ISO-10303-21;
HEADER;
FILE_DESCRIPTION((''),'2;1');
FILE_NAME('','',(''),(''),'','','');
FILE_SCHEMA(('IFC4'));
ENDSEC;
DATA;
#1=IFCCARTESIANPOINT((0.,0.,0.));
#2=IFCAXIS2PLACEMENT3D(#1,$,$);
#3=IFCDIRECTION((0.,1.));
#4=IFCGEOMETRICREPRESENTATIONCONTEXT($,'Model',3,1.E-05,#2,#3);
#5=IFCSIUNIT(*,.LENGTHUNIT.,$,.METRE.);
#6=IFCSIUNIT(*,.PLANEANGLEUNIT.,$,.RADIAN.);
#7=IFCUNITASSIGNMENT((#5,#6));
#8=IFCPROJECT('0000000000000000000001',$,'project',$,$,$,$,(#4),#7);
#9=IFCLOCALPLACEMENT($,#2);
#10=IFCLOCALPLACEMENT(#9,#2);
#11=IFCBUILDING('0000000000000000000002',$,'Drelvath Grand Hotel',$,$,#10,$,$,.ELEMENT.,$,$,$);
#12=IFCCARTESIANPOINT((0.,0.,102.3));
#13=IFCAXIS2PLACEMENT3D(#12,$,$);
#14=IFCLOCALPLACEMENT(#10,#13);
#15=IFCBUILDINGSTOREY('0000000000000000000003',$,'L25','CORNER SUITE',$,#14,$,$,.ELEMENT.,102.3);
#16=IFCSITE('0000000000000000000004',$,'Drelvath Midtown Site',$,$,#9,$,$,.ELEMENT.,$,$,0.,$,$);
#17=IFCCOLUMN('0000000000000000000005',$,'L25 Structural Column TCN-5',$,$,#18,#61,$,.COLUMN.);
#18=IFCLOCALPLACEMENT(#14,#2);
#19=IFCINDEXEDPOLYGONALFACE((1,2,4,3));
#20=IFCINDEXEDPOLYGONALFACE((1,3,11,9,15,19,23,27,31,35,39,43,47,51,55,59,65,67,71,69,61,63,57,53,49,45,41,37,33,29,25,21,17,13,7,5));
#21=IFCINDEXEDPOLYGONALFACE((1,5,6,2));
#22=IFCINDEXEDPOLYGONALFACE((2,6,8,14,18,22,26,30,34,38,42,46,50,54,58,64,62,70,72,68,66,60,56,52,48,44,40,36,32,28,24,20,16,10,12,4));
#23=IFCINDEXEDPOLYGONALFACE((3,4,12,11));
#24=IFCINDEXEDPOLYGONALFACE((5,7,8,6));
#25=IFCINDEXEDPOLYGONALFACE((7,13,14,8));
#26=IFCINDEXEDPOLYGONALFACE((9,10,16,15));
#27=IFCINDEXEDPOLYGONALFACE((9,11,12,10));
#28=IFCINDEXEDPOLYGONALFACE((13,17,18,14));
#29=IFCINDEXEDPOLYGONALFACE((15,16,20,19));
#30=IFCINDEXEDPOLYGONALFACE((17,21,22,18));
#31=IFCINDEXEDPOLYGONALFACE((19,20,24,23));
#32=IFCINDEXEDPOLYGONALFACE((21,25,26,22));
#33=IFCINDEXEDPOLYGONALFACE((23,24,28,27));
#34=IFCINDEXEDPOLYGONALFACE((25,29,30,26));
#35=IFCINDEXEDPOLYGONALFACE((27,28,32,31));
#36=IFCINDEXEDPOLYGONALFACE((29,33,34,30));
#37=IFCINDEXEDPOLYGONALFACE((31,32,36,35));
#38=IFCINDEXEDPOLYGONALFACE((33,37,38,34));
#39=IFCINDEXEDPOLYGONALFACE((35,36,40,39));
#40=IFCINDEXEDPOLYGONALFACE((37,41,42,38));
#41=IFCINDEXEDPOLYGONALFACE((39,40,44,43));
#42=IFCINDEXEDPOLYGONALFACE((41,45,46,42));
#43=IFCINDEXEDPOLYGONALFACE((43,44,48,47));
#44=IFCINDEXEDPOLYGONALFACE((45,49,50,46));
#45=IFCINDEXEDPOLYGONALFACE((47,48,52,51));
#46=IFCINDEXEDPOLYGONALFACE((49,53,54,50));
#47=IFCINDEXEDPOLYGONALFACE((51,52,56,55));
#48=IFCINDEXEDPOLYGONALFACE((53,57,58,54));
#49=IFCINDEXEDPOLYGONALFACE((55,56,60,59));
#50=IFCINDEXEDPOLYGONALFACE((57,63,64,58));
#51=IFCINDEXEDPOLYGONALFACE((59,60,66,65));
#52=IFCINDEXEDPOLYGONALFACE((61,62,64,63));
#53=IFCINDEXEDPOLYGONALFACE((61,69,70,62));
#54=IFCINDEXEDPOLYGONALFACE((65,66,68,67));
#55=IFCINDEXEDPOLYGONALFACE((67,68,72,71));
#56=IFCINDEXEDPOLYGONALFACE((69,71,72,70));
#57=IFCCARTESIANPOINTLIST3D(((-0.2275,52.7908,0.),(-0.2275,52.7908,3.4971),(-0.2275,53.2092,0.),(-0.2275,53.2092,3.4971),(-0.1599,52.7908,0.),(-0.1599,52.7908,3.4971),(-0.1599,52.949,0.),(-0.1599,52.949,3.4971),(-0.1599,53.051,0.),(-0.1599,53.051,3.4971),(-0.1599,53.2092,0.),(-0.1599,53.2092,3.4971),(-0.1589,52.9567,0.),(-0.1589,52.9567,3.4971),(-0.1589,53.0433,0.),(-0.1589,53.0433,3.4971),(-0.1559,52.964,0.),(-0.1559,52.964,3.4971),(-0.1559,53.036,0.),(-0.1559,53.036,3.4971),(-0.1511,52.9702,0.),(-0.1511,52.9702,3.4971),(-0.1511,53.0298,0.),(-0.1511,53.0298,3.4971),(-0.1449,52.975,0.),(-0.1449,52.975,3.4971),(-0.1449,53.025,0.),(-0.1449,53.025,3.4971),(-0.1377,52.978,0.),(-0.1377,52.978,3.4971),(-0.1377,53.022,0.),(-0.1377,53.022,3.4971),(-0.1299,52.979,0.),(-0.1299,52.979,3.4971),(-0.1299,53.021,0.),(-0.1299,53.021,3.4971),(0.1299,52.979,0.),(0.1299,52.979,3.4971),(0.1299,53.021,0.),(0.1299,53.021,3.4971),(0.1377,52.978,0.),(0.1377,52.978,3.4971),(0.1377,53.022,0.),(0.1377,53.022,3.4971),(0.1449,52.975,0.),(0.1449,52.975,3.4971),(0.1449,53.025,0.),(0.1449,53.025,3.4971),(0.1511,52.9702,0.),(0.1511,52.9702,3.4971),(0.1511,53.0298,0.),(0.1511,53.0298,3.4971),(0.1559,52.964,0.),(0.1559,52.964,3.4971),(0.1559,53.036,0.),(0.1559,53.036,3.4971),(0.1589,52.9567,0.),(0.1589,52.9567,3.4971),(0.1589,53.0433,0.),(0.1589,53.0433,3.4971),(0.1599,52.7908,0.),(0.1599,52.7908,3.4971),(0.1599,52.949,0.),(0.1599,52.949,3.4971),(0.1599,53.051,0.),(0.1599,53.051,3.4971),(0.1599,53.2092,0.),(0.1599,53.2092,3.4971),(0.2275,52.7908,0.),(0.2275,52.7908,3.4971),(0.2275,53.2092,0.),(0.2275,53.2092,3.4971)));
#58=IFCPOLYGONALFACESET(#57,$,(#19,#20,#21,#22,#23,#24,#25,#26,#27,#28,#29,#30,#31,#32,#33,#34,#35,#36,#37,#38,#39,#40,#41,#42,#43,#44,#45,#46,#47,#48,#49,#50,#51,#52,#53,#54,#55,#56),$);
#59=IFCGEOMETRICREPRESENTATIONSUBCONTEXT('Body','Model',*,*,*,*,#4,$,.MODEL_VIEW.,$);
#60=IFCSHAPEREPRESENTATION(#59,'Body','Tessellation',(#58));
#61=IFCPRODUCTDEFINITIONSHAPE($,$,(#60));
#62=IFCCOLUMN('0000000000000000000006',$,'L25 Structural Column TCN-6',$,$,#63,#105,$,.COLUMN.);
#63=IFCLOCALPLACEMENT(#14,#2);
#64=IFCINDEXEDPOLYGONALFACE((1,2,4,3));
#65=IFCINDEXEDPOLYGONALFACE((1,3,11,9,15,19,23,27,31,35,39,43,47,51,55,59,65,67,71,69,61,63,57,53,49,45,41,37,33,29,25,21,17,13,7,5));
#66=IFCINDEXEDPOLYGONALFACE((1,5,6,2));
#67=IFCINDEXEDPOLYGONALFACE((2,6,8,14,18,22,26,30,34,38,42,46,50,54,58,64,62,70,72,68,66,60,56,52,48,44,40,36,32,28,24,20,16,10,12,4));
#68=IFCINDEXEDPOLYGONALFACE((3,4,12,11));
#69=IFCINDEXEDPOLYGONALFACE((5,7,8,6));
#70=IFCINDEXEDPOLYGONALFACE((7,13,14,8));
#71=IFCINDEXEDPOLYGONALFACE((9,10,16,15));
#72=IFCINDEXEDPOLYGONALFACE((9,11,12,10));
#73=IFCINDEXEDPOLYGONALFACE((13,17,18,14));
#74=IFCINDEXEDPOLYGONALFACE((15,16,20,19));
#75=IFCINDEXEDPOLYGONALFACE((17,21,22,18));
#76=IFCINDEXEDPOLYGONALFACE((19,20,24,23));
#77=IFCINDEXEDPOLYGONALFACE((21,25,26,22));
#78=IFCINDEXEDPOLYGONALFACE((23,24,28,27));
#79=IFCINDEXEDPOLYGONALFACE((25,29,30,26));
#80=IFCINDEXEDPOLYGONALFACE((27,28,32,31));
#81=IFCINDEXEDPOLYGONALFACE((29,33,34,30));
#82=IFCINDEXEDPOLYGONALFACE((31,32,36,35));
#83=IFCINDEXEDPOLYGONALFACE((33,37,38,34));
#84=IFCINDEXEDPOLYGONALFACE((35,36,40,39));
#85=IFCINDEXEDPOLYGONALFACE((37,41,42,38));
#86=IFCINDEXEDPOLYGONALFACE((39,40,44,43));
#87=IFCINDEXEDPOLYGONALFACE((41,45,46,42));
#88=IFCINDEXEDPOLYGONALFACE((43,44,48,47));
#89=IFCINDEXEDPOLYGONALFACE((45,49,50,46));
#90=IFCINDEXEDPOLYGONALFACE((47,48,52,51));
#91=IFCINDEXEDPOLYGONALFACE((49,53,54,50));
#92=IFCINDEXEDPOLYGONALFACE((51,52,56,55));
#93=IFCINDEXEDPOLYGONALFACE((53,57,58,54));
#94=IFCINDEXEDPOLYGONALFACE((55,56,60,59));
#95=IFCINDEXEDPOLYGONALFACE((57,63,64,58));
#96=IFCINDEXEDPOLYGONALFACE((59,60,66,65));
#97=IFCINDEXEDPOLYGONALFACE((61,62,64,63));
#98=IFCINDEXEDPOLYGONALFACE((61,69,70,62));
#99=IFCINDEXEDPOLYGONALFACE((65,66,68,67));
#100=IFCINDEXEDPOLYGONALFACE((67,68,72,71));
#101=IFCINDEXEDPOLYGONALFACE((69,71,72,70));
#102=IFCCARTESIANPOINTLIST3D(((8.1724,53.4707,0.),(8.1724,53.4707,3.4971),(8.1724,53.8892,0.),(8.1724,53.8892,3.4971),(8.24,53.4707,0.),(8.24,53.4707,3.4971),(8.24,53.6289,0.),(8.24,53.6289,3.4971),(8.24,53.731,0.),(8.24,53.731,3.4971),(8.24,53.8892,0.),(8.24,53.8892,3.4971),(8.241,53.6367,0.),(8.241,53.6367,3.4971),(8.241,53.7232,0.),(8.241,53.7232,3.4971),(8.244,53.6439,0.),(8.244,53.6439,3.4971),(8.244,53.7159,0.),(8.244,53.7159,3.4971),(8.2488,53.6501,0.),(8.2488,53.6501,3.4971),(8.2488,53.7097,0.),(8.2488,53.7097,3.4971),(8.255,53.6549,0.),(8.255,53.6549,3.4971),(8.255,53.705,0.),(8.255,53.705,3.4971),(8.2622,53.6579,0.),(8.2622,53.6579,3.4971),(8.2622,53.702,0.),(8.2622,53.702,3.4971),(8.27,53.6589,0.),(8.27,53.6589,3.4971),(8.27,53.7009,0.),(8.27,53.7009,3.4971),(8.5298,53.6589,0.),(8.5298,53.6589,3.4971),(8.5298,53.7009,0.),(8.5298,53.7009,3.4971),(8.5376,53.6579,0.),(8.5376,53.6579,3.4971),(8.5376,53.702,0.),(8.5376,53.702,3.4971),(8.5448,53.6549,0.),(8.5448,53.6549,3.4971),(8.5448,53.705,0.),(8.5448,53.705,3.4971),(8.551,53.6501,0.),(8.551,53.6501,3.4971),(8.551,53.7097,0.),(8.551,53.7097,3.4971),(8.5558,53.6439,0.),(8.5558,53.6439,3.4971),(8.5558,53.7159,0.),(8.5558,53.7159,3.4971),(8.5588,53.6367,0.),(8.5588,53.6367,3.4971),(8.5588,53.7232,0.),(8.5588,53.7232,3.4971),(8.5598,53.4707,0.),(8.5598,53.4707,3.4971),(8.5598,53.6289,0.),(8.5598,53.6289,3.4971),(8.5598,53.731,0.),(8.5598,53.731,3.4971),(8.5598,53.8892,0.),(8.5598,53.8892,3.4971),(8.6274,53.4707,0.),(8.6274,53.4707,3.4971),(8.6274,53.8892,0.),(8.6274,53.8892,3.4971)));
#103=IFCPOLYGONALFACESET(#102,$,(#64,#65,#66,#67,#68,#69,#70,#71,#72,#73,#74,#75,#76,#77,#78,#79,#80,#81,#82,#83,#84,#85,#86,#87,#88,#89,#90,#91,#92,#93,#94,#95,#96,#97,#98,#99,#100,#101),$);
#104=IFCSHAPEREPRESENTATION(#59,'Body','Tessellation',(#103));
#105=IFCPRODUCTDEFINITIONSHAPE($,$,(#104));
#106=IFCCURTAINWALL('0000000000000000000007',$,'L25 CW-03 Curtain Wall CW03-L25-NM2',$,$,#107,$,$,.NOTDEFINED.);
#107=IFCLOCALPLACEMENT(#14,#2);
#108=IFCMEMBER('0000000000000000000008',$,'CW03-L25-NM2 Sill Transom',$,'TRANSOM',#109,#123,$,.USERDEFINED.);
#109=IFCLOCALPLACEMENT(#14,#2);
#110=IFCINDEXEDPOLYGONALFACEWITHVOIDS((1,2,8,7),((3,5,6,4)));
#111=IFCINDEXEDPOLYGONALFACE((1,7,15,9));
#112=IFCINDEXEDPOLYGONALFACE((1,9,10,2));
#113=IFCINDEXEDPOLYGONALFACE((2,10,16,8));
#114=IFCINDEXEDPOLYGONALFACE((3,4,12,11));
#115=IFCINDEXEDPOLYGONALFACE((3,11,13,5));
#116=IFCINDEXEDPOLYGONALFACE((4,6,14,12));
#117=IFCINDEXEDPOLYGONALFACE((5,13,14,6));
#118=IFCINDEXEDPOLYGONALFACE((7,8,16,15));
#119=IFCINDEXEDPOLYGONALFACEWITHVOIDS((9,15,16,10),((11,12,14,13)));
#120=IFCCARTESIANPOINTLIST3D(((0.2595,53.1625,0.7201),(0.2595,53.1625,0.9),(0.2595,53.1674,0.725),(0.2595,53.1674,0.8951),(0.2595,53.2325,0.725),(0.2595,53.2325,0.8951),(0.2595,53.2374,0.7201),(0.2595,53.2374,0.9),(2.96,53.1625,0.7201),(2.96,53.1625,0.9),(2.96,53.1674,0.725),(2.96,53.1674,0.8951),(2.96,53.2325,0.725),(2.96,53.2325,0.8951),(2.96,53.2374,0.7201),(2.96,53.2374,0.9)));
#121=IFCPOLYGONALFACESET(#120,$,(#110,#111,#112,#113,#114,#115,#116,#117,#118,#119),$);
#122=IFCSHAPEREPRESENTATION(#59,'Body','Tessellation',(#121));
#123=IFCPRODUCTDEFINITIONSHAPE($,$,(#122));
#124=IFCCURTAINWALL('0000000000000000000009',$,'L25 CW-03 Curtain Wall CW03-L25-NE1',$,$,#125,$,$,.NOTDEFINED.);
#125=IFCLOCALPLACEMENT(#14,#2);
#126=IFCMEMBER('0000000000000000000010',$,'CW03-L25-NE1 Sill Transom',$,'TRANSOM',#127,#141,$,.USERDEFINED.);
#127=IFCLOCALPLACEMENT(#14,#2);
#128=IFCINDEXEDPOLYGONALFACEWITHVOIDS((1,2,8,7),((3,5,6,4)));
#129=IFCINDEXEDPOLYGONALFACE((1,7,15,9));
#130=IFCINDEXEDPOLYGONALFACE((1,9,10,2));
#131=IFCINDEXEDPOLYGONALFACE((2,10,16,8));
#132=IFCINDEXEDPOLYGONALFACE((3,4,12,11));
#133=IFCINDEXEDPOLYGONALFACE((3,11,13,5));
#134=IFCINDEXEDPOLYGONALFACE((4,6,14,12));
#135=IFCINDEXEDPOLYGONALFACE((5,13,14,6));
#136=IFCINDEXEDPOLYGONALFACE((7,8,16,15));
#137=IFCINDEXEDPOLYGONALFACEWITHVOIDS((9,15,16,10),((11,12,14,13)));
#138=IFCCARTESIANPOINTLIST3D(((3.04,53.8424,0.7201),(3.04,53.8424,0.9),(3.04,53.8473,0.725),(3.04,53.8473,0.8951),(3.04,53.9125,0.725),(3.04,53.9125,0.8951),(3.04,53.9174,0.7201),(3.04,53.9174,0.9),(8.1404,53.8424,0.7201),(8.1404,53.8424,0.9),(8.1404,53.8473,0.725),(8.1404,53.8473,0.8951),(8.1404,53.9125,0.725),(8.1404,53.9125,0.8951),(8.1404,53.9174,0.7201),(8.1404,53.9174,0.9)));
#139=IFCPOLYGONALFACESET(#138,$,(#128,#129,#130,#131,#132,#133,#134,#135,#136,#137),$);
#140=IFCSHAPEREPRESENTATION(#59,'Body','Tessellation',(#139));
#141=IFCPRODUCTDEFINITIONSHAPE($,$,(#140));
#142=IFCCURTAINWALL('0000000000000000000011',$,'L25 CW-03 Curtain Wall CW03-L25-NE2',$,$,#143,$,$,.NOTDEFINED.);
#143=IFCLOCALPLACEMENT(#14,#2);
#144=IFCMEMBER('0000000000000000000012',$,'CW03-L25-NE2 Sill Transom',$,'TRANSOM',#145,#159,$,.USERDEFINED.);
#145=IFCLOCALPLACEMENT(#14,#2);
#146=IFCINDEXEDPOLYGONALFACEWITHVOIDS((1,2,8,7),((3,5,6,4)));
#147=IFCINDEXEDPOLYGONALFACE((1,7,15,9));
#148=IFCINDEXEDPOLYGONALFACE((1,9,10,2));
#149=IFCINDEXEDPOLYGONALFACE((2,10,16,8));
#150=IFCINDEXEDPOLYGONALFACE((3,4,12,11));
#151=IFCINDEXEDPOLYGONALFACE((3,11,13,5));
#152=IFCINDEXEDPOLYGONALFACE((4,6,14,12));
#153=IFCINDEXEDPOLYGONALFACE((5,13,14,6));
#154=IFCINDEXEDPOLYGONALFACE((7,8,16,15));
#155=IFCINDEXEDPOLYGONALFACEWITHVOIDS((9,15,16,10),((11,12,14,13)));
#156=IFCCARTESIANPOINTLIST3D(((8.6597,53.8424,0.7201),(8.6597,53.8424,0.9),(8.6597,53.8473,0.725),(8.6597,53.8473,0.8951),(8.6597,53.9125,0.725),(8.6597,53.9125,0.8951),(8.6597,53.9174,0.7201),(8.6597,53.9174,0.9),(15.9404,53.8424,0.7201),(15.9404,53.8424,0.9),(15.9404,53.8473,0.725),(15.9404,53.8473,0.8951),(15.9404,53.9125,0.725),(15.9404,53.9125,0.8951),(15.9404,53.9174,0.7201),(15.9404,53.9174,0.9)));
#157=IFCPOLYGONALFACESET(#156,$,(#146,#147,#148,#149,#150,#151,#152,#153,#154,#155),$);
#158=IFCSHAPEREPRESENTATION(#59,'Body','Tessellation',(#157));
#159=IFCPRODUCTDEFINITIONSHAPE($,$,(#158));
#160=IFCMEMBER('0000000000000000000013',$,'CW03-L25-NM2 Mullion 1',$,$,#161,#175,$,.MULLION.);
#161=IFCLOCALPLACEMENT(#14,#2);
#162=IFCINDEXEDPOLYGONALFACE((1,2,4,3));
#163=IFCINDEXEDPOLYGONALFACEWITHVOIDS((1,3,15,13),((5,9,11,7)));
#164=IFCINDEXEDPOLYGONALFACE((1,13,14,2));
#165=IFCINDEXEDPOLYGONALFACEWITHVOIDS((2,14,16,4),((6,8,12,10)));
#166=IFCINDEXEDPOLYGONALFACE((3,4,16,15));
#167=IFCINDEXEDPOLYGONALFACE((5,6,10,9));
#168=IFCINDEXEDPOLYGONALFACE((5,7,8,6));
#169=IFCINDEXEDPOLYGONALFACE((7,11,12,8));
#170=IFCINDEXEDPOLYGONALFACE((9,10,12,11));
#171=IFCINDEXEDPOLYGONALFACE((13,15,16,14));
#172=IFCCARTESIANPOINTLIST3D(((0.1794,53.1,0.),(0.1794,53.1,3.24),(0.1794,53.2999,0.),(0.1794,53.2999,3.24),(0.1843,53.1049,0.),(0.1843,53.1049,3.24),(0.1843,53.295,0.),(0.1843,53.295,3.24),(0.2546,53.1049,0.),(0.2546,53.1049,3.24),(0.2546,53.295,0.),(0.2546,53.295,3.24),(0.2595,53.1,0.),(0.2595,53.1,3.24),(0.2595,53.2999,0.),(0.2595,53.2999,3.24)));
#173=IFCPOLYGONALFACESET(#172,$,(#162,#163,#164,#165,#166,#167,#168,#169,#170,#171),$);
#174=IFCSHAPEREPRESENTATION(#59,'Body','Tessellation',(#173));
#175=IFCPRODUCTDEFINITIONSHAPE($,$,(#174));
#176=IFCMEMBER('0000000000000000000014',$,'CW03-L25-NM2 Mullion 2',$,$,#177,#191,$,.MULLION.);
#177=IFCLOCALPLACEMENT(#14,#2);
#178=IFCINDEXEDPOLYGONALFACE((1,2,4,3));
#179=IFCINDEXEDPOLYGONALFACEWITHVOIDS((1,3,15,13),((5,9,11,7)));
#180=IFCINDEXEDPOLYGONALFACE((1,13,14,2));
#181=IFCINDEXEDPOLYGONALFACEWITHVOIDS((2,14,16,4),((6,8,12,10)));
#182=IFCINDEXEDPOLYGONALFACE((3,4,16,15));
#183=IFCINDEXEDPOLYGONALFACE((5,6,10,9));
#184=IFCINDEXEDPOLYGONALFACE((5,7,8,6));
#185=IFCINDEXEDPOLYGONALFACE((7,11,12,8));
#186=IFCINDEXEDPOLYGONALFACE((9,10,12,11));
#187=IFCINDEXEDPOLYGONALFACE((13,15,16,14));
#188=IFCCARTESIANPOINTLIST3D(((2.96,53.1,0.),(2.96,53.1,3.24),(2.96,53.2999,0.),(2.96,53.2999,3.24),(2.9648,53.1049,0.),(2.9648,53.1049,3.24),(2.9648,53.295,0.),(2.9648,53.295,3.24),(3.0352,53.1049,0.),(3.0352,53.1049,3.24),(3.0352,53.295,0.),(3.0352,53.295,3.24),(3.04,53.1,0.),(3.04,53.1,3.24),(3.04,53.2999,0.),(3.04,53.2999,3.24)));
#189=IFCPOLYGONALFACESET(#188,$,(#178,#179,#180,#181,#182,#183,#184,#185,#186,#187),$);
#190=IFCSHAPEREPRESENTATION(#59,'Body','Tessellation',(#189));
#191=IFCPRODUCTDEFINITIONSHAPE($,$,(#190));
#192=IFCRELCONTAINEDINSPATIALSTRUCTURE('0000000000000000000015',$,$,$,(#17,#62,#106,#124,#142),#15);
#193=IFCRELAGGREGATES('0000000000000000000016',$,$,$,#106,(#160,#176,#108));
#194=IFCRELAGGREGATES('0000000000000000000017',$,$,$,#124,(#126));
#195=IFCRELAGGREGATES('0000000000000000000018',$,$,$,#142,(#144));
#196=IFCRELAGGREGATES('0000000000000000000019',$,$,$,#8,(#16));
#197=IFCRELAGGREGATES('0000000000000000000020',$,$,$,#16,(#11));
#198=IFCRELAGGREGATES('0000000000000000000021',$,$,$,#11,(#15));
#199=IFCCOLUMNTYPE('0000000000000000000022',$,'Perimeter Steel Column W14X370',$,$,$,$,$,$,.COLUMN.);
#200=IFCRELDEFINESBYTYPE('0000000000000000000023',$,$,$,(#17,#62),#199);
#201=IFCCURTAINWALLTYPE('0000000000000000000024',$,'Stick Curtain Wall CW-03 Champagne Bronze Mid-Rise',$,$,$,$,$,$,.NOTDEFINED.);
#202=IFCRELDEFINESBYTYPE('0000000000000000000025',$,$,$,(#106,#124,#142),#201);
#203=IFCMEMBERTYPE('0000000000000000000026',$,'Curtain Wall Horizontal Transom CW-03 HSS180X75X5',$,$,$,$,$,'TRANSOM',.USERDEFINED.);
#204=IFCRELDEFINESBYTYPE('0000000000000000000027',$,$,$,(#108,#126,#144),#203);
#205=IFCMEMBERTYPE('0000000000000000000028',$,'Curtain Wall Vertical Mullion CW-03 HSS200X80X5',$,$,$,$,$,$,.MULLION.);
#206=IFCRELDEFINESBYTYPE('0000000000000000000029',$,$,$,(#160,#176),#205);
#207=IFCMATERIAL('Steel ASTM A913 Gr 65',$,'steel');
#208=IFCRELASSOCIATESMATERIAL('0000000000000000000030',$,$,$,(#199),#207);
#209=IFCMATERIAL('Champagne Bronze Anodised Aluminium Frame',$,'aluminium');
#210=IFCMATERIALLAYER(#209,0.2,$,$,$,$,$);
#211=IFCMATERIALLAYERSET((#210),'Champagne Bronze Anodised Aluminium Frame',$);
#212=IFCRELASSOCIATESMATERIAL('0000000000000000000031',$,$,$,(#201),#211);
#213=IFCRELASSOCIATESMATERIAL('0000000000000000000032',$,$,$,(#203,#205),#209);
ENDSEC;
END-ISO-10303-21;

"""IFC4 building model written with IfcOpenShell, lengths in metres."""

from ifc_helpers import new_model, si_unit, direction, frame, origin, origin_2d, place, context, subcontext, project, spatial, hollow_rectangle, i_section, extrude, material, layer, layer_set, material_profile, profile_set, type_object, element, aggregate, save


model = new_model("IFC4")

# Units and contexts
model_context = context("Model", 3, precision=1e-05, world=origin(), true_north=direction((0.0, 1.0)))
body_context = subcontext(model_context, "Body", "Model", "MODEL_VIEW")
ifc_project = project(units=[si_unit("LENGTHUNIT", "METRE"), si_unit("PLANEANGLEUNIT", "RADIAN")], contexts=[model_context])

# Site, building, storey
site_placement = place(None, origin())
site = spatial("IfcSite", under=ifc_project, at=site_placement, Name="Drelvath Midtown Site", CompositionType="ELEMENT", RefElevation=0.0)
building_placement = place(site_placement, origin())
building = spatial("IfcBuilding", under=site, at=building_placement, Name="Drelvath Grand Hotel", CompositionType="ELEMENT")
storey_placement = place(building_placement, frame((0.0, 0.0, 102.3)))
storey = spatial("IfcBuildingStorey", under=building, at=storey_placement, Name="L25", Description="CORNER SUITE", CompositionType="ELEMENT", Elevation=102.3)

# Columns
ifc_material_1 = material(Name="Steel ASTM A913 Gr 65", Category="steel")
ifc_material_profile_1 = material_profile(ifc_material_1, i_section(OverallWidth=0.4185, OverallDepth=0.4551, WebThickness=0.042, FlangeThickness=0.0676, FilletRadius=0.03, at=origin_2d()), Name="W14X370")
ifc_profile_set_1 = profile_set([ifc_material_profile_1], Name="Steel ASTM A913 Gr 65")
column_type = type_object("IfcColumnType", Name="Perimeter Steel Column W14X370", PredefinedType="COLUMN", material=ifc_profile_set_1)
for number, where, z_axis, x_axis, name in (
    (1, (0.0, 53.0, 0.0), (0.0, 0.0, 1.0), (0.0, 1.0, 0.0), "L25 Structural Column TCN-5"),
    (2, (8.3999, 53.6799, 0.0), (0.0, 0.0, 1.0), (0.0, 1.0, 0.0), "L25 Structural Column TCN-6"),
):
    element("IfcColumn", number, at=place(storey_placement, frame(where, z_axis=z_axis, x_axis=x_axis)), inside=storey, type_object=column_type, Name=name, PredefinedType="COLUMN", context=body_context, shape_type="SweptSolid", body=[
        extrude(i_section(OverallWidth=0.4185, OverallDepth=0.4551, WebThickness=0.042, FlangeThickness=0.0676, FilletRadius=0.03, at=origin_2d()), origin(), (0.0, 0.0, 1.0), 3.4971),
    ])

# Curtain walls, members
ifc_material_2 = material(Name="Champagne Bronze Anodised Aluminium Frame", Category="aluminium")
ifc_layer_1 = layer(ifc_material_2, 0.2)
ifc_layer_set_1 = layer_set([ifc_layer_1], Name="Champagne Bronze Anodised Aluminium Frame")
curtain_wall_type = type_object("IfcCurtainWallType", Name="Stick Curtain Wall CW-03 Champagne Bronze Mid-Rise", PredefinedType="NOTDEFINED", material=ifc_layer_set_1)
curtain_wall_1_placement = place(storey_placement, origin())
curtain_wall_1 = element("IfcCurtainWall", 3, at=curtain_wall_1_placement, inside=storey, type_object=curtain_wall_type, Name="L25 CW-03 Curtain Wall CW03-L25-NM2", PredefinedType="NOTDEFINED")
ifc_material_profile_2 = material_profile(ifc_material_2, hollow_rectangle(XDim=0.075, YDim=0.1799, WallThickness=0.0049, at=origin_2d()), Name="HSS180X75X5")
ifc_profile_set_2 = profile_set([ifc_material_profile_2], Name="Champagne Bronze Anodised Aluminium Frame")
member_type_1 = type_object("IfcMemberType", Name="Curtain Wall Horizontal Transom CW-03 HSS180X75X5", ElementType="TRANSOM", PredefinedType="USERDEFINED", material=ifc_profile_set_2)
member_1_placement = place(storey_placement, frame((0.2595, 53.2, 0.8101), z_axis=(1.0, 0.0, 0.0), x_axis=(0.0, 1.0, 0.0)))
member_1 = element("IfcMember", 4, at=member_1_placement, type_object=member_type_1, Name="CW03-L25-NM2 Sill Transom", ObjectType="TRANSOM", PredefinedType="USERDEFINED", context=body_context, shape_type="SweptSolid", body=[
    extrude(hollow_rectangle(XDim=0.075, YDim=0.1799, WallThickness=0.0049, at=origin_2d()), origin(), (0.0, 0.0, 1.0), 2.7004),
])
curtain_wall_2_placement = place(storey_placement, origin())
curtain_wall_2 = element("IfcCurtainWall", 5, at=curtain_wall_2_placement, inside=storey, type_object=curtain_wall_type, Name="L25 CW-03 Curtain Wall CW03-L25-NE1", PredefinedType="NOTDEFINED")
member_2_placement = place(storey_placement, frame((3.04, 53.8799, 0.8101), z_axis=(1.0, 0.0, 0.0), x_axis=(0.0, 1.0, 0.0)))
member_2 = element("IfcMember", 6, at=member_2_placement, type_object=member_type_1, Name="CW03-L25-NE1 Sill Transom", ObjectType="TRANSOM", PredefinedType="USERDEFINED", context=body_context, shape_type="SweptSolid", body=[
    extrude(hollow_rectangle(XDim=0.075, YDim=0.1799, WallThickness=0.0049, at=origin_2d()), origin(), (0.0, 0.0, 1.0), 5.1003),
])
curtain_wall_3_placement = place(storey_placement, origin())
curtain_wall_3 = element("IfcCurtainWall", 7, at=curtain_wall_3_placement, inside=storey, type_object=curtain_wall_type, Name="L25 CW-03 Curtain Wall CW03-L25-NE2", PredefinedType="NOTDEFINED")
member_3_placement = place(storey_placement, frame((8.6597, 53.8799, 0.8101), z_axis=(1.0, 0.0, 0.0), x_axis=(0.0, 1.0, 0.0)))
member_3 = element("IfcMember", 8, at=member_3_placement, type_object=member_type_1, Name="CW03-L25-NE2 Sill Transom", ObjectType="TRANSOM", PredefinedType="USERDEFINED", context=body_context, shape_type="SweptSolid", body=[
    extrude(hollow_rectangle(XDim=0.075, YDim=0.1799, WallThickness=0.0049, at=origin_2d()), origin(), (0.0, 0.0, 1.0), 7.2808),
])

# Members
ifc_material_profile_3 = material_profile(ifc_material_2, hollow_rectangle(XDim=0.0801, YDim=0.2, WallThickness=0.0049, at=origin_2d()), Name="HSS200X80X5")
ifc_profile_set_3 = profile_set([ifc_material_profile_3], Name="Champagne Bronze Anodised Aluminium Frame")
member_type_2 = type_object("IfcMemberType", Name="Curtain Wall Vertical Mullion CW-03 HSS200X80X5", PredefinedType="MULLION", material=ifc_profile_set_3)
member_4_placement = place(storey_placement, frame((0.2195, 53.2, 0.0), z_axis=(0.0, 0.0, 1.0), x_axis=(1.0, 0.0, 0.0)))
member_4 = element("IfcMember", 9, at=member_4_placement, type_object=member_type_2, Name="CW03-L25-NM2 Mullion 1", PredefinedType="MULLION", context=body_context, shape_type="SweptSolid", body=[
    extrude(hollow_rectangle(XDim=0.0801, YDim=0.2, WallThickness=0.0049, at=origin_2d()), origin(), (0.0, 0.0, 1.0), 3.24),
])
member_5_placement = place(storey_placement, frame((3.0, 53.2, 0.0), z_axis=(0.0, 0.0, 1.0), x_axis=(1.0, 0.0, 0.0)))
member_5 = element("IfcMember", 10, at=member_5_placement, type_object=member_type_2, Name="CW03-L25-NM2 Mullion 2", PredefinedType="MULLION", context=body_context, shape_type="SweptSolid", body=[
    extrude(hollow_rectangle(XDim=0.0801, YDim=0.2, WallThickness=0.0049, at=origin_2d()), origin(), (0.0, 0.0, 1.0), 3.24),
])

aggregate(curtain_wall_1, [member_4, member_5, member_1])
aggregate(curtain_wall_2, [member_2])
aggregate(curtain_wall_3, [member_3])

save(model, "model.ifc")
